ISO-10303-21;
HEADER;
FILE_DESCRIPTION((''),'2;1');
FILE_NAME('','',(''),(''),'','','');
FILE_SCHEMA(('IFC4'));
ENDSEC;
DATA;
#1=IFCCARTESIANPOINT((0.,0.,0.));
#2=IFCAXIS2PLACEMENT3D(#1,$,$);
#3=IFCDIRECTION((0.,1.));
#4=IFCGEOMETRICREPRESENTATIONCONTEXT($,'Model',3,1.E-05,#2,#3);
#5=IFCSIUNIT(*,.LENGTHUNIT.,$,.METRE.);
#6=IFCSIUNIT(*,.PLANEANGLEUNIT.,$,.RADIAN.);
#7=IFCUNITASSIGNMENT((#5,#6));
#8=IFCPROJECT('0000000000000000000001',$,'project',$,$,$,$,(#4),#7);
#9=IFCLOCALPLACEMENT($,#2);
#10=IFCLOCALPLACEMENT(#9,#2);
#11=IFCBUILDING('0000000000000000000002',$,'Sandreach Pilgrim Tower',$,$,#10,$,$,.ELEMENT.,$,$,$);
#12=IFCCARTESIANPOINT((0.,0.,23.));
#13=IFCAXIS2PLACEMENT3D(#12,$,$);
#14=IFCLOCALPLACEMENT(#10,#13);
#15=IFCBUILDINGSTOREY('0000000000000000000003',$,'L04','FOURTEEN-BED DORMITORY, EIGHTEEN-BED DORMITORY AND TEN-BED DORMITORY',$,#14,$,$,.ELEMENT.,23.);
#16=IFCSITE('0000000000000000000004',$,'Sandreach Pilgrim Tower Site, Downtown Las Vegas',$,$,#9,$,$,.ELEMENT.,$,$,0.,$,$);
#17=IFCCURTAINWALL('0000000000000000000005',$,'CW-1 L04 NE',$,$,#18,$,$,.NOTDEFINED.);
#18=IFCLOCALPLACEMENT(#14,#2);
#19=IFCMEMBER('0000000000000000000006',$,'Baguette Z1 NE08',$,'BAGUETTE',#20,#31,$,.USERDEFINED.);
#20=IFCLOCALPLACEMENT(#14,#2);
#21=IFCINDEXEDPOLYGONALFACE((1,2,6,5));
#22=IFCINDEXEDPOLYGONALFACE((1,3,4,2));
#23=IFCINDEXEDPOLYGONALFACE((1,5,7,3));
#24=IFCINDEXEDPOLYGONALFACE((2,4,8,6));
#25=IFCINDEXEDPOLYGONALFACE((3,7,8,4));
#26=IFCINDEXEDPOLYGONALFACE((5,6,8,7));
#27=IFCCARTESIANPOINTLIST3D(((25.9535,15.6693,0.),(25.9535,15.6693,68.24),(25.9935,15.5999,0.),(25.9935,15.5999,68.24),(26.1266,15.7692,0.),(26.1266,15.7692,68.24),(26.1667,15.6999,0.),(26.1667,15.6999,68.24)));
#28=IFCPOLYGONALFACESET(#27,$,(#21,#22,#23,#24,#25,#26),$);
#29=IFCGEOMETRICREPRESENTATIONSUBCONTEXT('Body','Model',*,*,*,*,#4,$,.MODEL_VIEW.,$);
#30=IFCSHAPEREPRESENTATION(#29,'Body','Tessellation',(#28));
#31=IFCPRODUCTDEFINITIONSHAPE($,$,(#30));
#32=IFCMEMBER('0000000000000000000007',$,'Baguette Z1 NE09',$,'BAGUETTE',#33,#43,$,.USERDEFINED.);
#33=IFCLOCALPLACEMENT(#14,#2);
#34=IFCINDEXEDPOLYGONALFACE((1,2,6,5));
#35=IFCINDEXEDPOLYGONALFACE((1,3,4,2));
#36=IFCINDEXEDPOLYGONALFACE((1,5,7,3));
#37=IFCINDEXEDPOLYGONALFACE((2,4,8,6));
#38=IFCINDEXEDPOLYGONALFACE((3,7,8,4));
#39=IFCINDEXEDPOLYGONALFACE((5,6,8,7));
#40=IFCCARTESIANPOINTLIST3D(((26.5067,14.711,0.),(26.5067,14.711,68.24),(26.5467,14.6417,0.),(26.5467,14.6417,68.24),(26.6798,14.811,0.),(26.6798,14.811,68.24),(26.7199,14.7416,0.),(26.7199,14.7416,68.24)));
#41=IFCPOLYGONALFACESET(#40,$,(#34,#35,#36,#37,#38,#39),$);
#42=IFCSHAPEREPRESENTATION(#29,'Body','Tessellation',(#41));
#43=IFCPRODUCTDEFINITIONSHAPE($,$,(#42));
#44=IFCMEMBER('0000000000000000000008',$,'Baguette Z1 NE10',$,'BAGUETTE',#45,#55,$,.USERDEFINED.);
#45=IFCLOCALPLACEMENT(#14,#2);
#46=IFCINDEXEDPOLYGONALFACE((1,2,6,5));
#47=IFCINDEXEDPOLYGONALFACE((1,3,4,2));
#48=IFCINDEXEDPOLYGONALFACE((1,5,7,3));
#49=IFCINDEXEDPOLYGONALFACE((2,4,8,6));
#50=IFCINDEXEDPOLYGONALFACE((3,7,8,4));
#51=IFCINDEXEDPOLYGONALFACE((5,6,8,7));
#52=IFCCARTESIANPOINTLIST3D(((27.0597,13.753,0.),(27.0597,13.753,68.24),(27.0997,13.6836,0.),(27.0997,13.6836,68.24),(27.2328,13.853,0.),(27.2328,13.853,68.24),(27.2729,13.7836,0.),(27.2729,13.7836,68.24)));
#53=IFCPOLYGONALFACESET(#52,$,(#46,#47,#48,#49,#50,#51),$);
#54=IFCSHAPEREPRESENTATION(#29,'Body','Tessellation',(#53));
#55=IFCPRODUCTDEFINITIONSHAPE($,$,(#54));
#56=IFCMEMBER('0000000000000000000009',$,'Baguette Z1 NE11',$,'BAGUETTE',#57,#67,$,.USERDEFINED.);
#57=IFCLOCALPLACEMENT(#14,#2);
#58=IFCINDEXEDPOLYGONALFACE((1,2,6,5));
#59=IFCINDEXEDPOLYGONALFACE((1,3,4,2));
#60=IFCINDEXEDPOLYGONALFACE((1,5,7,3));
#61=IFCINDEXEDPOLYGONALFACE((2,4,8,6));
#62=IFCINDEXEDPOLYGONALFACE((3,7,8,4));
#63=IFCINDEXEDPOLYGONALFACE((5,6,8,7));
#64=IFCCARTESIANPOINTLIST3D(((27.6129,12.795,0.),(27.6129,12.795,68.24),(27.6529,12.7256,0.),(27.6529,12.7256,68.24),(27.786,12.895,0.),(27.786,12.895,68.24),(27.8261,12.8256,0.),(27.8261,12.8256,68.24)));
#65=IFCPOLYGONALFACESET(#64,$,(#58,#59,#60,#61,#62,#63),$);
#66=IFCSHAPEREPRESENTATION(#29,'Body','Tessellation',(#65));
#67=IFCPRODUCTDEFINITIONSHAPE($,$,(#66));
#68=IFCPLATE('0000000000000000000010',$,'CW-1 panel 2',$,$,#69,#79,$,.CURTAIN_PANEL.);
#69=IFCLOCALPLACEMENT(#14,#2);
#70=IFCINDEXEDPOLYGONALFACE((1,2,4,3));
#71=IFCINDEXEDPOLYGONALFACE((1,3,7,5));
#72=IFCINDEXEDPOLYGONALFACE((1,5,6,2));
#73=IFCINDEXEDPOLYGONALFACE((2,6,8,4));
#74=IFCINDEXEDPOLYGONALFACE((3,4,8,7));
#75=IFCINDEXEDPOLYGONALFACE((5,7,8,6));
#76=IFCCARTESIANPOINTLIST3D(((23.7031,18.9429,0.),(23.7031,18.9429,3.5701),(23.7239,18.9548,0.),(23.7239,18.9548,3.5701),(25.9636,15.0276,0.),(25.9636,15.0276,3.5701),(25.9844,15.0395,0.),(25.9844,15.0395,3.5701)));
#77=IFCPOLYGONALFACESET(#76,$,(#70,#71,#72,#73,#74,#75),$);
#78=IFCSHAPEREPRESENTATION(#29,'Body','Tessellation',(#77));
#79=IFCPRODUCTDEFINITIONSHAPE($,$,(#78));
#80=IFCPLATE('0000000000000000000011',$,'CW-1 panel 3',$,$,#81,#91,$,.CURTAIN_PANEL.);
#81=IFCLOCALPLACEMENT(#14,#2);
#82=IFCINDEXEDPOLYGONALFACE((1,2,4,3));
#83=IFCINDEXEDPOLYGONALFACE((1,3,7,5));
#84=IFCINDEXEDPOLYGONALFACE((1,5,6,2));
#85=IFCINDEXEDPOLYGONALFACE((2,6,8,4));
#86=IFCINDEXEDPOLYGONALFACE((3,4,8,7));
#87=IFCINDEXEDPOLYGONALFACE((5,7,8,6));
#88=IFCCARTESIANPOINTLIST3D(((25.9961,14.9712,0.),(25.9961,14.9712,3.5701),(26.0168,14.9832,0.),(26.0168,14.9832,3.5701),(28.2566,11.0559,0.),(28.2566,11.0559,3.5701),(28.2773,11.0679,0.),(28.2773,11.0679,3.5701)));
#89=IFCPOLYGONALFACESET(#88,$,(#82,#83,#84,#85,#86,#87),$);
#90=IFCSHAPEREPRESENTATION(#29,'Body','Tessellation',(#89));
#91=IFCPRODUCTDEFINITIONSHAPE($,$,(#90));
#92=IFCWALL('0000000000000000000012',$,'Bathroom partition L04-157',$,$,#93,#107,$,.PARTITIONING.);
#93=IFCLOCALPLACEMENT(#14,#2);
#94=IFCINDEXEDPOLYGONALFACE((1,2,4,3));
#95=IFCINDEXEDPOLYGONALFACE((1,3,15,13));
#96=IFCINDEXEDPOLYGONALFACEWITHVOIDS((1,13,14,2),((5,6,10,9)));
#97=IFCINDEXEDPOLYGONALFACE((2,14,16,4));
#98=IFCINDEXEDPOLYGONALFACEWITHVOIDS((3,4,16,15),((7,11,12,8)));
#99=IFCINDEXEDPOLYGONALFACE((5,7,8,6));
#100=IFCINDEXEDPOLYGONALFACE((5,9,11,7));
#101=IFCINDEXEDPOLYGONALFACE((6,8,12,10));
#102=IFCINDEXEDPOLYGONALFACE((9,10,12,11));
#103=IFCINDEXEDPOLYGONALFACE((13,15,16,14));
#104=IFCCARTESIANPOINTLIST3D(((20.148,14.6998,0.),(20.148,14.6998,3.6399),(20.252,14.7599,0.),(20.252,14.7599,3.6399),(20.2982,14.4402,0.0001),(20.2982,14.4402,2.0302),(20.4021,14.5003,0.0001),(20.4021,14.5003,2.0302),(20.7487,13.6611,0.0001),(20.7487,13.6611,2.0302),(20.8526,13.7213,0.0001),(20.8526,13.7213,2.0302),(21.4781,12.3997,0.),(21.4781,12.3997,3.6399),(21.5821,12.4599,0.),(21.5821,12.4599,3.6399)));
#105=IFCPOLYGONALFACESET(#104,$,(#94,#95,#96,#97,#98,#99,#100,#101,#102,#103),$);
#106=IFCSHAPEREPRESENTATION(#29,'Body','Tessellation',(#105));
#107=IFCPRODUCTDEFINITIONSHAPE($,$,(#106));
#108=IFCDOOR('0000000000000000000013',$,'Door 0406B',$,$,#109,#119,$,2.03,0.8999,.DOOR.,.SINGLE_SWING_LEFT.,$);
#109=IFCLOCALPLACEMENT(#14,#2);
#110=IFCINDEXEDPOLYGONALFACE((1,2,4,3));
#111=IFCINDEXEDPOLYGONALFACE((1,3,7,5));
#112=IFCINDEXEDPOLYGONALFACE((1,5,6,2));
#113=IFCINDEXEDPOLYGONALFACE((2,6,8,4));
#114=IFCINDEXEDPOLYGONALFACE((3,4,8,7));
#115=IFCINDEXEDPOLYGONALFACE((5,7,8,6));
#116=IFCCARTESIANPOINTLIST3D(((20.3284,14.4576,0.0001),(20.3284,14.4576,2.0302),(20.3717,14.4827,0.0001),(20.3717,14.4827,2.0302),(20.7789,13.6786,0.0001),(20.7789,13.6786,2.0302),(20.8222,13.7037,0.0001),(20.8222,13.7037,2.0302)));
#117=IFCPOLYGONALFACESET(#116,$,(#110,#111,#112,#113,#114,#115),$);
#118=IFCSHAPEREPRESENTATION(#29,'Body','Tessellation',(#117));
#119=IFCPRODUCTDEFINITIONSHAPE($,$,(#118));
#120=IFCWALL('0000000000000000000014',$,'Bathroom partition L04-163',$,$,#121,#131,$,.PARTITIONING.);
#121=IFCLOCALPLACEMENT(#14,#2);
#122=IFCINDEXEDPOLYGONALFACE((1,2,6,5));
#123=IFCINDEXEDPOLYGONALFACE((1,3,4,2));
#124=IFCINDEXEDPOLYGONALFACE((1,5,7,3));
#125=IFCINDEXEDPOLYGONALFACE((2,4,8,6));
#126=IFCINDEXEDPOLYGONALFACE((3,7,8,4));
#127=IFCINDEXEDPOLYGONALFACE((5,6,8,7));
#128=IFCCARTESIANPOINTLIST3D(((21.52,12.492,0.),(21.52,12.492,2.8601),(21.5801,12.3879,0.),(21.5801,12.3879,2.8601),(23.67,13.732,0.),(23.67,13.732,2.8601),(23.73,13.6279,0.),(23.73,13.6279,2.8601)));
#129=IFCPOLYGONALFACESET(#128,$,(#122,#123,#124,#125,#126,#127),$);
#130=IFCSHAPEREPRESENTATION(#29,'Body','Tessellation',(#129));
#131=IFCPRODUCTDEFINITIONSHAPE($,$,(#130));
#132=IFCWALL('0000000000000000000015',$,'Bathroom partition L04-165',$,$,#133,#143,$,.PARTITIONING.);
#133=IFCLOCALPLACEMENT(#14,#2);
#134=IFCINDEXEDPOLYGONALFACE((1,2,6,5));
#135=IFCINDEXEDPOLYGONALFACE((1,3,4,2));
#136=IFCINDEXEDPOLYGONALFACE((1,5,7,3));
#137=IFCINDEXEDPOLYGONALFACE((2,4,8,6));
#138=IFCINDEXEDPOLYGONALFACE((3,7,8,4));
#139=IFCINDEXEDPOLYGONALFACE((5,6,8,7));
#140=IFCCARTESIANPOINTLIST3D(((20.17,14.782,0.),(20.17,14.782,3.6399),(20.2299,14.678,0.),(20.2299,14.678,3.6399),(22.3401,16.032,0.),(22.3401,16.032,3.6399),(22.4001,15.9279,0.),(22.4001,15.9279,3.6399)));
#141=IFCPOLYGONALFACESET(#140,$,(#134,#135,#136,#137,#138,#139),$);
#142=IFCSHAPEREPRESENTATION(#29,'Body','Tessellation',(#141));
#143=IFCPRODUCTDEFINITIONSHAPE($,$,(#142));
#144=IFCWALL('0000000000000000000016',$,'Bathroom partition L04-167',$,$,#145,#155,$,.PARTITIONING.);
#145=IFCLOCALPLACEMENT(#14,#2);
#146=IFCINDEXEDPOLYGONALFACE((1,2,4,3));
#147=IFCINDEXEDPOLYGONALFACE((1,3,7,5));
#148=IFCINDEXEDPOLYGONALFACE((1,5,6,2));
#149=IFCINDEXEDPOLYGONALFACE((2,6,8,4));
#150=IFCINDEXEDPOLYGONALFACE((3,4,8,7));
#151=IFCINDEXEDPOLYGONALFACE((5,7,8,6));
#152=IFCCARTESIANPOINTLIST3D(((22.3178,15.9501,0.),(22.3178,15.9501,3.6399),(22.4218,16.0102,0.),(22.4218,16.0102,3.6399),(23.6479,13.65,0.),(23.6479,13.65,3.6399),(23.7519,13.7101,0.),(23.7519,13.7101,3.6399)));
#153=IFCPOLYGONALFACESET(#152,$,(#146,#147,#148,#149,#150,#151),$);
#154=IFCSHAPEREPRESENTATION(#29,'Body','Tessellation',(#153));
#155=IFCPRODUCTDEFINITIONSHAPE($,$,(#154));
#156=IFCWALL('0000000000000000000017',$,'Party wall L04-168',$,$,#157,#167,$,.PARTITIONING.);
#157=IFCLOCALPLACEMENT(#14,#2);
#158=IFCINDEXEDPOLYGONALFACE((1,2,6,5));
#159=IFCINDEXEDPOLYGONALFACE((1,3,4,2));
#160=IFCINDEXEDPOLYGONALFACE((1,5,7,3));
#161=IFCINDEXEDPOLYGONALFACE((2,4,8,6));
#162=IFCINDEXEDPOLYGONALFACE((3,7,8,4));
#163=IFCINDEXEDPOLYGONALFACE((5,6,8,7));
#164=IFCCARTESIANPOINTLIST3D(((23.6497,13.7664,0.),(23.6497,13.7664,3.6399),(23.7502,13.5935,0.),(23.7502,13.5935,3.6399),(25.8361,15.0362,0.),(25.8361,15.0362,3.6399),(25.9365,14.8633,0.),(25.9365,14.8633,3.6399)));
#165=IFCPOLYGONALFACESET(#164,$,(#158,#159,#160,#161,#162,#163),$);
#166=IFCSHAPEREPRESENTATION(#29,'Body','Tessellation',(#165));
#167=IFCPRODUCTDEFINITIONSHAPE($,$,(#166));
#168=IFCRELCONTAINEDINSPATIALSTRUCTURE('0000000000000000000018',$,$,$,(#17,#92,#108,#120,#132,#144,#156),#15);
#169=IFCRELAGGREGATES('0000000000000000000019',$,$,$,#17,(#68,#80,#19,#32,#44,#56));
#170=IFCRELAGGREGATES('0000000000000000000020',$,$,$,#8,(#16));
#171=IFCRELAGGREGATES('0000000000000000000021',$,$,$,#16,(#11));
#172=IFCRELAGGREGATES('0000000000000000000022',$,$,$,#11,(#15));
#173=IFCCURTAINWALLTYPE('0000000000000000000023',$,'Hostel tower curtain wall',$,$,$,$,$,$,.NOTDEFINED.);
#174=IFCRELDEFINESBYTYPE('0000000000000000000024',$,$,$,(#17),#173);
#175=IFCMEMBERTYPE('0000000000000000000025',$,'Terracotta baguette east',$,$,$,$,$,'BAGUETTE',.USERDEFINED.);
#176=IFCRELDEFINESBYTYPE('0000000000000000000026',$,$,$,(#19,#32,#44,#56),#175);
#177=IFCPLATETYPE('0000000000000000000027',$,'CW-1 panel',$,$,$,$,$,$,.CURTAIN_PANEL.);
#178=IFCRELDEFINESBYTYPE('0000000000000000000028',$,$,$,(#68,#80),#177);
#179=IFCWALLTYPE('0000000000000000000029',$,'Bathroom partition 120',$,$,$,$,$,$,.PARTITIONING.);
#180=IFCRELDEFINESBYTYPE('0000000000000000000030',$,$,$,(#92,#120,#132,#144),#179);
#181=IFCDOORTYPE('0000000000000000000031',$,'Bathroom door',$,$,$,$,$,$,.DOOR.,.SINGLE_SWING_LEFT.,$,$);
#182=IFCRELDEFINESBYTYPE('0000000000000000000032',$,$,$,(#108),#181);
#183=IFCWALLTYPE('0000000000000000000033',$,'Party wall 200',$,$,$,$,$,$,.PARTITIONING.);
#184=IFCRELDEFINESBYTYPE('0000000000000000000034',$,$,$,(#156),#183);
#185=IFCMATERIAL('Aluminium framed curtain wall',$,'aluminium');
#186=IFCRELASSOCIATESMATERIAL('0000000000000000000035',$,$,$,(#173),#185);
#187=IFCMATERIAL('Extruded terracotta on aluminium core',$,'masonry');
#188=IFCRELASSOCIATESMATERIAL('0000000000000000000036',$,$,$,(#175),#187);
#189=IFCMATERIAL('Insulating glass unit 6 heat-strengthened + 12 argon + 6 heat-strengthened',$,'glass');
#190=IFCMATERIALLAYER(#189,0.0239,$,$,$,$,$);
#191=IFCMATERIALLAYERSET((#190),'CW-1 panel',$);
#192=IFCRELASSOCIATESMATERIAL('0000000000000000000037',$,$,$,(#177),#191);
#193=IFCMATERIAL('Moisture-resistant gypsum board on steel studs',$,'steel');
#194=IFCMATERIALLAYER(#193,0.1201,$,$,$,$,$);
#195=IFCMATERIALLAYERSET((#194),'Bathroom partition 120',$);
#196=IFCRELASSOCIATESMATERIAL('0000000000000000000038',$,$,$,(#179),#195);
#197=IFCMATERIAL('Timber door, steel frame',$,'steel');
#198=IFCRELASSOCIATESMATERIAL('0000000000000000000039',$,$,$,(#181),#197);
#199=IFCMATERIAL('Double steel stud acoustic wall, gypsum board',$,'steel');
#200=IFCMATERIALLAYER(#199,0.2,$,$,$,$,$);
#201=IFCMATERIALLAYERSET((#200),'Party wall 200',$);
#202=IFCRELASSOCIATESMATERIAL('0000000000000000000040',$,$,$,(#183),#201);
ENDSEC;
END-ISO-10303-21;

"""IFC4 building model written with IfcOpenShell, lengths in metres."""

from ifc_helpers import new_model, si_unit, direction, frame, frame_2d, origin, origin_2d, place, context, subcontext, project, spatial, rectangle, extrude, material, layer, layer_set, material_profile, profile_set, type_object, element, fill, aggregate, save


model = new_model("IFC4")

# Units and contexts
model_context = context("Model", 3, precision=1e-05, world=origin(), true_north=direction((0.0, 1.0)))
body_context = subcontext(model_context, "Body", "Model", "MODEL_VIEW")
ifc_project = project(units=[si_unit("LENGTHUNIT", "METRE"), si_unit("PLANEANGLEUNIT", "RADIAN")], contexts=[model_context])

# Site, building, storey
site_placement = place(None, origin())
site = spatial("IfcSite", under=ifc_project, at=site_placement, Name="Sandreach Pilgrim Tower Site, Downtown Las Vegas", CompositionType="ELEMENT", RefElevation=0.0)
building_placement = place(site_placement, origin())
building = spatial("IfcBuilding", under=site, at=building_placement, Name="Sandreach Pilgrim Tower", CompositionType="ELEMENT")
storey_placement = place(building_placement, frame((0.0, 0.0, 23.0)))
storey = spatial("IfcBuildingStorey", under=building, at=storey_placement, Name="L04", Description="FOURTEEN-BED DORMITORY, EIGHTEEN-BED DORMITORY AND TEN-BED DORMITORY", CompositionType="ELEMENT", Elevation=23.0)

# Curtain wall
ifc_material_1 = material(Name="Aluminium framed curtain wall", Category="aluminium")
curtain_wall_type = type_object("IfcCurtainWallType", Name="Hostel tower curtain wall", PredefinedType="NOTDEFINED", material=ifc_material_1)
curtain_wall_placement = place(storey_placement, origin())
curtain_wall = element("IfcCurtainWall", 1, at=curtain_wall_placement, inside=storey, type_object=curtain_wall_type, Name="CW-1 L04 NE", PredefinedType="NOTDEFINED")

# Members
ifc_material_2 = material(Name="Extruded terracotta on aluminium core", Category="masonry")
ifc_material_profile_1 = material_profile(ifc_material_2, rectangle(XDim=0.0801, YDim=0.2, at=origin_2d()), Name="TBE 80X200")
ifc_profile_set_1 = profile_set([ifc_material_profile_1], Name="Extruded terracotta on aluminium core")
member_type_1 = type_object("IfcMemberType", Name="Terracotta baguette east", ElementType="BAGUETTE", PredefinedType="USERDEFINED", material=ifc_profile_set_1)
member_1_placement = place(storey_placement, frame((26.0601, 15.6846, 0.0), z_axis=(0.0, 0.0, 1.0), x_axis=(0.5, -0.866025, 0.0)))
member_1 = element("IfcMember", 2, at=member_1_placement, type_object=member_type_1, Name="Baguette Z1 NE08", ObjectType="BAGUETTE", PredefinedType="USERDEFINED", context=body_context, shape_type="SweptSolid", body=[
    extrude(rectangle(XDim=0.0801, YDim=0.2, at=origin_2d()), origin(), (0.0, 0.0, 1.0), 68.24),
])
member_2_placement = place(storey_placement, frame((26.6133, 14.7263, 0.0), z_axis=(0.0, 0.0, 1.0), x_axis=(0.5, -0.866025, 0.0)))
member_2 = element("IfcMember", 3, at=member_2_placement, type_object=member_type_1, Name="Baguette Z1 NE09", ObjectType="BAGUETTE", PredefinedType="USERDEFINED", context=body_context, shape_type="SweptSolid", body=[
    extrude(rectangle(XDim=0.0801, YDim=0.2, at=origin_2d()), origin(), (0.0, 0.0, 1.0), 68.24),
])
member_3_placement = place(storey_placement, frame((27.1663, 13.7683, 0.0), z_axis=(0.0, 0.0, 1.0), x_axis=(0.5, -0.866025, 0.0)))
member_3 = element("IfcMember", 4, at=member_3_placement, type_object=member_type_1, Name="Baguette Z1 NE10", ObjectType="BAGUETTE", PredefinedType="USERDEFINED", context=body_context, shape_type="SweptSolid", body=[
    extrude(rectangle(XDim=0.0801, YDim=0.2, at=origin_2d()), origin(), (0.0, 0.0, 1.0), 68.24),
])
member_4_placement = place(storey_placement, frame((27.7195, 12.8103, 0.0), z_axis=(0.0, 0.0, 1.0), x_axis=(0.5, -0.866025, 0.0)))
member_4 = element("IfcMember", 5, at=member_4_placement, type_object=member_type_1, Name="Baguette Z1 NE11", ObjectType="BAGUETTE", PredefinedType="USERDEFINED", context=body_context, shape_type="SweptSolid", body=[
    extrude(rectangle(XDim=0.0801, YDim=0.2, at=origin_2d()), origin(), (0.0, 0.0, 1.0), 68.24),
])

# Plates
ifc_material_3 = material(Name="Insulating glass unit 6 heat-strengthened + 12 argon + 6 heat-strengthened", Category="glass")
ifc_layer_1 = layer(ifc_material_3, 0.0239)
ifc_layer_set_1 = layer_set([ifc_layer_1], Name="CW-1 panel")
plate_type = type_object("IfcPlateType", Name="CW-1 panel", PredefinedType="CURTAIN_PANEL", material=ifc_layer_set_1)
plate_1_placement = place(storey_placement, frame((24.8438, 16.9912, 0.0), z_axis=(0.0, 0.0, 1.0), x_axis=(0.5, -0.866025, 0.0)))
plate_1 = element("IfcPlate", 6, at=plate_1_placement, type_object=plate_type, Name="CW-1 panel 2", PredefinedType="CURTAIN_PANEL", context=body_context, shape_type="SweptSolid", body=[
    extrude(rectangle(XDim=4.521, YDim=0.0239, at=origin_2d()), origin(), (0.0, 0.0, 1.0), 3.5701),
])
plate_2_placement = place(storey_placement, frame((27.1367, 13.0195, 0.0), z_axis=(0.0, 0.0, 1.0), x_axis=(0.5, -0.866025, 0.0)))
plate_2 = element("IfcPlate", 7, at=plate_2_placement, type_object=plate_type, Name="CW-1 panel 3", PredefinedType="CURTAIN_PANEL", context=body_context, shape_type="SweptSolid", body=[
    extrude(rectangle(XDim=4.521, YDim=0.0239, at=origin_2d()), origin(), (0.0, 0.0, 1.0), 3.5701),
])
aggregate(curtain_wall, [plate_1, plate_2, member_1, member_2, member_3, member_4])

# Wall, opening, door
ifc_material_4 = material(Name="Moisture-resistant gypsum board on steel studs", Category="steel")
ifc_layer_2 = layer(ifc_material_4, 0.1201)
ifc_layer_set_2 = layer_set([ifc_layer_2], Name="Bathroom partition 120")
wall_type_1 = type_object("IfcWallType", Name="Bathroom partition 120", PredefinedType="PARTITIONING", material=ifc_layer_set_2)
wall_1_placement = place(storey_placement, frame((20.2, 14.73, 0.0), z_axis=(0.0, 0.0, 1.0), x_axis=(0.500605, -0.865676, 0.0)))
wall_1 = element("IfcWall", 8, at=wall_1_placement, inside=storey, type_object=wall_type_1, Name="Bathroom partition L04-157", PredefinedType="PARTITIONING", context=body_context, shape_type="SweptSolid", body=[
    extrude(rectangle(XDim=2.657, YDim=0.1201, at=frame_2d((1.3286, 0.0))), origin(), (0.0, 0.0, 1.0), 3.6399),
])
opening_placement = place(wall_1_placement, frame((0.3, 0.0, 0.0)))
opening = element("IfcOpeningElement", 9, at=opening_placement, cuts=wall_1, PredefinedType="OPENING", context=body_context, shape_type="SweptSolid", body=[
    extrude(rectangle(XDim=0.8999, YDim=2.03, at=frame_2d((0.45, 1.0151))), frame((0.0, 0.0601, 0.0), z_axis=(0.0, -1.0, 0.0), x_axis=(1.0, 0.0, 0.0)), (0.0, 0.0, 1.0), 0.1201),
])
ifc_material_5 = material(Name="Timber door, steel frame", Category="steel")
door_type = type_object("IfcDoorType", Name="Bathroom door", OperationType="SINGLE_SWING_LEFT", PredefinedType="DOOR", material=ifc_material_5)
door_placement = place(opening_placement, origin())
door = element("IfcDoor", 10, at=door_placement, inside=storey, type_object=door_type, Name="Door 0406B", OperationType="SINGLE_SWING_LEFT", OverallHeight=2.03, OverallWidth=0.8999, PredefinedType="DOOR", context=body_context, shape_type="SweptSolid", body=[
    extrude(rectangle(XDim=0.8999, YDim=2.03, at=frame_2d((0.45, 1.0151))), frame((0.0, 0.0249, 0.0), z_axis=(0.0, -1.0, 0.0), x_axis=(1.0, 0.0, 0.0)), (0.0, 0.0, 1.0), 0.05),
])
fill(opening, door)

# Walls
wall_2_placement = place(storey_placement, frame((21.55, 12.4399, 0.0), z_axis=(0.0, 0.0, 1.0), x_axis=(0.866245, 0.49962, 0.0)))
element("IfcWall", 11, at=wall_2_placement, inside=storey, type_object=wall_type_1, Name="Bathroom partition L04-163", PredefinedType="PARTITIONING", context=body_context, shape_type="SweptSolid", body=[
    extrude(rectangle(XDim=2.4819, YDim=0.1201, at=frame_2d((1.241, 0.0))), origin(), (0.0, 0.0, 1.0), 2.8601),
])
wall_3_placement = place(storey_placement, frame((22.3701, 15.98, 0.0), z_axis=(0.0, 0.0, 1.0), x_axis=(-0.866534, -0.499118, 0.0)))
element("IfcWall", 12, at=wall_3_placement, inside=storey, type_object=wall_type_1, Name="Bathroom partition L04-165", PredefinedType="PARTITIONING", context=body_context, shape_type="SweptSolid", body=[
    extrude(rectangle(XDim=2.5044, YDim=0.1201, at=frame_2d((1.2522, 0.0))), origin(), (0.0, 0.0, 1.0), 3.6399),
])
wall_4_placement = place(storey_placement, frame((23.7, 13.6799, 0.0), z_axis=(0.0, 0.0, 1.0), x_axis=(-0.500605, 0.865676, 0.0)))
element("IfcWall", 13, at=wall_4_placement, inside=storey, type_object=wall_type_1, Name="Bathroom partition L04-167", PredefinedType="PARTITIONING", context=body_context, shape_type="SweptSolid", body=[
    extrude(rectangle(XDim=2.657, YDim=0.1201, at=frame_2d((1.3286, 0.0))), origin(), (0.0, 0.0, 1.0), 3.6399),
])
ifc_material_6 = material(Name="Double steel stud acoustic wall, gypsum board", Category="steel")
ifc_layer_3 = layer(ifc_material_6, 0.2)
ifc_layer_set_3 = layer_set([ifc_layer_3], Name="Party wall 200")
wall_type_2 = type_object("IfcWallType", Name="Party wall 200", PredefinedType="PARTITIONING", material=ifc_layer_set_3)
wall_5_placement = place(storey_placement, frame((23.7, 13.6799, 0.0), z_axis=(0.0, 0.0, 1.0), x_axis=(0.864733, 0.502231, 0.0)))
element("IfcWall", 14, at=wall_5_placement, inside=storey, type_object=wall_type_2, Name="Party wall L04-168", PredefinedType="PARTITIONING", context=body_context, shape_type="SweptSolid", body=[
    extrude(rectangle(XDim=2.5283, YDim=0.2, at=frame_2d((1.2642, 0.0))), origin(), (0.0, 0.0, 1.0), 3.6399),
])

save(model, "model.ifc")
